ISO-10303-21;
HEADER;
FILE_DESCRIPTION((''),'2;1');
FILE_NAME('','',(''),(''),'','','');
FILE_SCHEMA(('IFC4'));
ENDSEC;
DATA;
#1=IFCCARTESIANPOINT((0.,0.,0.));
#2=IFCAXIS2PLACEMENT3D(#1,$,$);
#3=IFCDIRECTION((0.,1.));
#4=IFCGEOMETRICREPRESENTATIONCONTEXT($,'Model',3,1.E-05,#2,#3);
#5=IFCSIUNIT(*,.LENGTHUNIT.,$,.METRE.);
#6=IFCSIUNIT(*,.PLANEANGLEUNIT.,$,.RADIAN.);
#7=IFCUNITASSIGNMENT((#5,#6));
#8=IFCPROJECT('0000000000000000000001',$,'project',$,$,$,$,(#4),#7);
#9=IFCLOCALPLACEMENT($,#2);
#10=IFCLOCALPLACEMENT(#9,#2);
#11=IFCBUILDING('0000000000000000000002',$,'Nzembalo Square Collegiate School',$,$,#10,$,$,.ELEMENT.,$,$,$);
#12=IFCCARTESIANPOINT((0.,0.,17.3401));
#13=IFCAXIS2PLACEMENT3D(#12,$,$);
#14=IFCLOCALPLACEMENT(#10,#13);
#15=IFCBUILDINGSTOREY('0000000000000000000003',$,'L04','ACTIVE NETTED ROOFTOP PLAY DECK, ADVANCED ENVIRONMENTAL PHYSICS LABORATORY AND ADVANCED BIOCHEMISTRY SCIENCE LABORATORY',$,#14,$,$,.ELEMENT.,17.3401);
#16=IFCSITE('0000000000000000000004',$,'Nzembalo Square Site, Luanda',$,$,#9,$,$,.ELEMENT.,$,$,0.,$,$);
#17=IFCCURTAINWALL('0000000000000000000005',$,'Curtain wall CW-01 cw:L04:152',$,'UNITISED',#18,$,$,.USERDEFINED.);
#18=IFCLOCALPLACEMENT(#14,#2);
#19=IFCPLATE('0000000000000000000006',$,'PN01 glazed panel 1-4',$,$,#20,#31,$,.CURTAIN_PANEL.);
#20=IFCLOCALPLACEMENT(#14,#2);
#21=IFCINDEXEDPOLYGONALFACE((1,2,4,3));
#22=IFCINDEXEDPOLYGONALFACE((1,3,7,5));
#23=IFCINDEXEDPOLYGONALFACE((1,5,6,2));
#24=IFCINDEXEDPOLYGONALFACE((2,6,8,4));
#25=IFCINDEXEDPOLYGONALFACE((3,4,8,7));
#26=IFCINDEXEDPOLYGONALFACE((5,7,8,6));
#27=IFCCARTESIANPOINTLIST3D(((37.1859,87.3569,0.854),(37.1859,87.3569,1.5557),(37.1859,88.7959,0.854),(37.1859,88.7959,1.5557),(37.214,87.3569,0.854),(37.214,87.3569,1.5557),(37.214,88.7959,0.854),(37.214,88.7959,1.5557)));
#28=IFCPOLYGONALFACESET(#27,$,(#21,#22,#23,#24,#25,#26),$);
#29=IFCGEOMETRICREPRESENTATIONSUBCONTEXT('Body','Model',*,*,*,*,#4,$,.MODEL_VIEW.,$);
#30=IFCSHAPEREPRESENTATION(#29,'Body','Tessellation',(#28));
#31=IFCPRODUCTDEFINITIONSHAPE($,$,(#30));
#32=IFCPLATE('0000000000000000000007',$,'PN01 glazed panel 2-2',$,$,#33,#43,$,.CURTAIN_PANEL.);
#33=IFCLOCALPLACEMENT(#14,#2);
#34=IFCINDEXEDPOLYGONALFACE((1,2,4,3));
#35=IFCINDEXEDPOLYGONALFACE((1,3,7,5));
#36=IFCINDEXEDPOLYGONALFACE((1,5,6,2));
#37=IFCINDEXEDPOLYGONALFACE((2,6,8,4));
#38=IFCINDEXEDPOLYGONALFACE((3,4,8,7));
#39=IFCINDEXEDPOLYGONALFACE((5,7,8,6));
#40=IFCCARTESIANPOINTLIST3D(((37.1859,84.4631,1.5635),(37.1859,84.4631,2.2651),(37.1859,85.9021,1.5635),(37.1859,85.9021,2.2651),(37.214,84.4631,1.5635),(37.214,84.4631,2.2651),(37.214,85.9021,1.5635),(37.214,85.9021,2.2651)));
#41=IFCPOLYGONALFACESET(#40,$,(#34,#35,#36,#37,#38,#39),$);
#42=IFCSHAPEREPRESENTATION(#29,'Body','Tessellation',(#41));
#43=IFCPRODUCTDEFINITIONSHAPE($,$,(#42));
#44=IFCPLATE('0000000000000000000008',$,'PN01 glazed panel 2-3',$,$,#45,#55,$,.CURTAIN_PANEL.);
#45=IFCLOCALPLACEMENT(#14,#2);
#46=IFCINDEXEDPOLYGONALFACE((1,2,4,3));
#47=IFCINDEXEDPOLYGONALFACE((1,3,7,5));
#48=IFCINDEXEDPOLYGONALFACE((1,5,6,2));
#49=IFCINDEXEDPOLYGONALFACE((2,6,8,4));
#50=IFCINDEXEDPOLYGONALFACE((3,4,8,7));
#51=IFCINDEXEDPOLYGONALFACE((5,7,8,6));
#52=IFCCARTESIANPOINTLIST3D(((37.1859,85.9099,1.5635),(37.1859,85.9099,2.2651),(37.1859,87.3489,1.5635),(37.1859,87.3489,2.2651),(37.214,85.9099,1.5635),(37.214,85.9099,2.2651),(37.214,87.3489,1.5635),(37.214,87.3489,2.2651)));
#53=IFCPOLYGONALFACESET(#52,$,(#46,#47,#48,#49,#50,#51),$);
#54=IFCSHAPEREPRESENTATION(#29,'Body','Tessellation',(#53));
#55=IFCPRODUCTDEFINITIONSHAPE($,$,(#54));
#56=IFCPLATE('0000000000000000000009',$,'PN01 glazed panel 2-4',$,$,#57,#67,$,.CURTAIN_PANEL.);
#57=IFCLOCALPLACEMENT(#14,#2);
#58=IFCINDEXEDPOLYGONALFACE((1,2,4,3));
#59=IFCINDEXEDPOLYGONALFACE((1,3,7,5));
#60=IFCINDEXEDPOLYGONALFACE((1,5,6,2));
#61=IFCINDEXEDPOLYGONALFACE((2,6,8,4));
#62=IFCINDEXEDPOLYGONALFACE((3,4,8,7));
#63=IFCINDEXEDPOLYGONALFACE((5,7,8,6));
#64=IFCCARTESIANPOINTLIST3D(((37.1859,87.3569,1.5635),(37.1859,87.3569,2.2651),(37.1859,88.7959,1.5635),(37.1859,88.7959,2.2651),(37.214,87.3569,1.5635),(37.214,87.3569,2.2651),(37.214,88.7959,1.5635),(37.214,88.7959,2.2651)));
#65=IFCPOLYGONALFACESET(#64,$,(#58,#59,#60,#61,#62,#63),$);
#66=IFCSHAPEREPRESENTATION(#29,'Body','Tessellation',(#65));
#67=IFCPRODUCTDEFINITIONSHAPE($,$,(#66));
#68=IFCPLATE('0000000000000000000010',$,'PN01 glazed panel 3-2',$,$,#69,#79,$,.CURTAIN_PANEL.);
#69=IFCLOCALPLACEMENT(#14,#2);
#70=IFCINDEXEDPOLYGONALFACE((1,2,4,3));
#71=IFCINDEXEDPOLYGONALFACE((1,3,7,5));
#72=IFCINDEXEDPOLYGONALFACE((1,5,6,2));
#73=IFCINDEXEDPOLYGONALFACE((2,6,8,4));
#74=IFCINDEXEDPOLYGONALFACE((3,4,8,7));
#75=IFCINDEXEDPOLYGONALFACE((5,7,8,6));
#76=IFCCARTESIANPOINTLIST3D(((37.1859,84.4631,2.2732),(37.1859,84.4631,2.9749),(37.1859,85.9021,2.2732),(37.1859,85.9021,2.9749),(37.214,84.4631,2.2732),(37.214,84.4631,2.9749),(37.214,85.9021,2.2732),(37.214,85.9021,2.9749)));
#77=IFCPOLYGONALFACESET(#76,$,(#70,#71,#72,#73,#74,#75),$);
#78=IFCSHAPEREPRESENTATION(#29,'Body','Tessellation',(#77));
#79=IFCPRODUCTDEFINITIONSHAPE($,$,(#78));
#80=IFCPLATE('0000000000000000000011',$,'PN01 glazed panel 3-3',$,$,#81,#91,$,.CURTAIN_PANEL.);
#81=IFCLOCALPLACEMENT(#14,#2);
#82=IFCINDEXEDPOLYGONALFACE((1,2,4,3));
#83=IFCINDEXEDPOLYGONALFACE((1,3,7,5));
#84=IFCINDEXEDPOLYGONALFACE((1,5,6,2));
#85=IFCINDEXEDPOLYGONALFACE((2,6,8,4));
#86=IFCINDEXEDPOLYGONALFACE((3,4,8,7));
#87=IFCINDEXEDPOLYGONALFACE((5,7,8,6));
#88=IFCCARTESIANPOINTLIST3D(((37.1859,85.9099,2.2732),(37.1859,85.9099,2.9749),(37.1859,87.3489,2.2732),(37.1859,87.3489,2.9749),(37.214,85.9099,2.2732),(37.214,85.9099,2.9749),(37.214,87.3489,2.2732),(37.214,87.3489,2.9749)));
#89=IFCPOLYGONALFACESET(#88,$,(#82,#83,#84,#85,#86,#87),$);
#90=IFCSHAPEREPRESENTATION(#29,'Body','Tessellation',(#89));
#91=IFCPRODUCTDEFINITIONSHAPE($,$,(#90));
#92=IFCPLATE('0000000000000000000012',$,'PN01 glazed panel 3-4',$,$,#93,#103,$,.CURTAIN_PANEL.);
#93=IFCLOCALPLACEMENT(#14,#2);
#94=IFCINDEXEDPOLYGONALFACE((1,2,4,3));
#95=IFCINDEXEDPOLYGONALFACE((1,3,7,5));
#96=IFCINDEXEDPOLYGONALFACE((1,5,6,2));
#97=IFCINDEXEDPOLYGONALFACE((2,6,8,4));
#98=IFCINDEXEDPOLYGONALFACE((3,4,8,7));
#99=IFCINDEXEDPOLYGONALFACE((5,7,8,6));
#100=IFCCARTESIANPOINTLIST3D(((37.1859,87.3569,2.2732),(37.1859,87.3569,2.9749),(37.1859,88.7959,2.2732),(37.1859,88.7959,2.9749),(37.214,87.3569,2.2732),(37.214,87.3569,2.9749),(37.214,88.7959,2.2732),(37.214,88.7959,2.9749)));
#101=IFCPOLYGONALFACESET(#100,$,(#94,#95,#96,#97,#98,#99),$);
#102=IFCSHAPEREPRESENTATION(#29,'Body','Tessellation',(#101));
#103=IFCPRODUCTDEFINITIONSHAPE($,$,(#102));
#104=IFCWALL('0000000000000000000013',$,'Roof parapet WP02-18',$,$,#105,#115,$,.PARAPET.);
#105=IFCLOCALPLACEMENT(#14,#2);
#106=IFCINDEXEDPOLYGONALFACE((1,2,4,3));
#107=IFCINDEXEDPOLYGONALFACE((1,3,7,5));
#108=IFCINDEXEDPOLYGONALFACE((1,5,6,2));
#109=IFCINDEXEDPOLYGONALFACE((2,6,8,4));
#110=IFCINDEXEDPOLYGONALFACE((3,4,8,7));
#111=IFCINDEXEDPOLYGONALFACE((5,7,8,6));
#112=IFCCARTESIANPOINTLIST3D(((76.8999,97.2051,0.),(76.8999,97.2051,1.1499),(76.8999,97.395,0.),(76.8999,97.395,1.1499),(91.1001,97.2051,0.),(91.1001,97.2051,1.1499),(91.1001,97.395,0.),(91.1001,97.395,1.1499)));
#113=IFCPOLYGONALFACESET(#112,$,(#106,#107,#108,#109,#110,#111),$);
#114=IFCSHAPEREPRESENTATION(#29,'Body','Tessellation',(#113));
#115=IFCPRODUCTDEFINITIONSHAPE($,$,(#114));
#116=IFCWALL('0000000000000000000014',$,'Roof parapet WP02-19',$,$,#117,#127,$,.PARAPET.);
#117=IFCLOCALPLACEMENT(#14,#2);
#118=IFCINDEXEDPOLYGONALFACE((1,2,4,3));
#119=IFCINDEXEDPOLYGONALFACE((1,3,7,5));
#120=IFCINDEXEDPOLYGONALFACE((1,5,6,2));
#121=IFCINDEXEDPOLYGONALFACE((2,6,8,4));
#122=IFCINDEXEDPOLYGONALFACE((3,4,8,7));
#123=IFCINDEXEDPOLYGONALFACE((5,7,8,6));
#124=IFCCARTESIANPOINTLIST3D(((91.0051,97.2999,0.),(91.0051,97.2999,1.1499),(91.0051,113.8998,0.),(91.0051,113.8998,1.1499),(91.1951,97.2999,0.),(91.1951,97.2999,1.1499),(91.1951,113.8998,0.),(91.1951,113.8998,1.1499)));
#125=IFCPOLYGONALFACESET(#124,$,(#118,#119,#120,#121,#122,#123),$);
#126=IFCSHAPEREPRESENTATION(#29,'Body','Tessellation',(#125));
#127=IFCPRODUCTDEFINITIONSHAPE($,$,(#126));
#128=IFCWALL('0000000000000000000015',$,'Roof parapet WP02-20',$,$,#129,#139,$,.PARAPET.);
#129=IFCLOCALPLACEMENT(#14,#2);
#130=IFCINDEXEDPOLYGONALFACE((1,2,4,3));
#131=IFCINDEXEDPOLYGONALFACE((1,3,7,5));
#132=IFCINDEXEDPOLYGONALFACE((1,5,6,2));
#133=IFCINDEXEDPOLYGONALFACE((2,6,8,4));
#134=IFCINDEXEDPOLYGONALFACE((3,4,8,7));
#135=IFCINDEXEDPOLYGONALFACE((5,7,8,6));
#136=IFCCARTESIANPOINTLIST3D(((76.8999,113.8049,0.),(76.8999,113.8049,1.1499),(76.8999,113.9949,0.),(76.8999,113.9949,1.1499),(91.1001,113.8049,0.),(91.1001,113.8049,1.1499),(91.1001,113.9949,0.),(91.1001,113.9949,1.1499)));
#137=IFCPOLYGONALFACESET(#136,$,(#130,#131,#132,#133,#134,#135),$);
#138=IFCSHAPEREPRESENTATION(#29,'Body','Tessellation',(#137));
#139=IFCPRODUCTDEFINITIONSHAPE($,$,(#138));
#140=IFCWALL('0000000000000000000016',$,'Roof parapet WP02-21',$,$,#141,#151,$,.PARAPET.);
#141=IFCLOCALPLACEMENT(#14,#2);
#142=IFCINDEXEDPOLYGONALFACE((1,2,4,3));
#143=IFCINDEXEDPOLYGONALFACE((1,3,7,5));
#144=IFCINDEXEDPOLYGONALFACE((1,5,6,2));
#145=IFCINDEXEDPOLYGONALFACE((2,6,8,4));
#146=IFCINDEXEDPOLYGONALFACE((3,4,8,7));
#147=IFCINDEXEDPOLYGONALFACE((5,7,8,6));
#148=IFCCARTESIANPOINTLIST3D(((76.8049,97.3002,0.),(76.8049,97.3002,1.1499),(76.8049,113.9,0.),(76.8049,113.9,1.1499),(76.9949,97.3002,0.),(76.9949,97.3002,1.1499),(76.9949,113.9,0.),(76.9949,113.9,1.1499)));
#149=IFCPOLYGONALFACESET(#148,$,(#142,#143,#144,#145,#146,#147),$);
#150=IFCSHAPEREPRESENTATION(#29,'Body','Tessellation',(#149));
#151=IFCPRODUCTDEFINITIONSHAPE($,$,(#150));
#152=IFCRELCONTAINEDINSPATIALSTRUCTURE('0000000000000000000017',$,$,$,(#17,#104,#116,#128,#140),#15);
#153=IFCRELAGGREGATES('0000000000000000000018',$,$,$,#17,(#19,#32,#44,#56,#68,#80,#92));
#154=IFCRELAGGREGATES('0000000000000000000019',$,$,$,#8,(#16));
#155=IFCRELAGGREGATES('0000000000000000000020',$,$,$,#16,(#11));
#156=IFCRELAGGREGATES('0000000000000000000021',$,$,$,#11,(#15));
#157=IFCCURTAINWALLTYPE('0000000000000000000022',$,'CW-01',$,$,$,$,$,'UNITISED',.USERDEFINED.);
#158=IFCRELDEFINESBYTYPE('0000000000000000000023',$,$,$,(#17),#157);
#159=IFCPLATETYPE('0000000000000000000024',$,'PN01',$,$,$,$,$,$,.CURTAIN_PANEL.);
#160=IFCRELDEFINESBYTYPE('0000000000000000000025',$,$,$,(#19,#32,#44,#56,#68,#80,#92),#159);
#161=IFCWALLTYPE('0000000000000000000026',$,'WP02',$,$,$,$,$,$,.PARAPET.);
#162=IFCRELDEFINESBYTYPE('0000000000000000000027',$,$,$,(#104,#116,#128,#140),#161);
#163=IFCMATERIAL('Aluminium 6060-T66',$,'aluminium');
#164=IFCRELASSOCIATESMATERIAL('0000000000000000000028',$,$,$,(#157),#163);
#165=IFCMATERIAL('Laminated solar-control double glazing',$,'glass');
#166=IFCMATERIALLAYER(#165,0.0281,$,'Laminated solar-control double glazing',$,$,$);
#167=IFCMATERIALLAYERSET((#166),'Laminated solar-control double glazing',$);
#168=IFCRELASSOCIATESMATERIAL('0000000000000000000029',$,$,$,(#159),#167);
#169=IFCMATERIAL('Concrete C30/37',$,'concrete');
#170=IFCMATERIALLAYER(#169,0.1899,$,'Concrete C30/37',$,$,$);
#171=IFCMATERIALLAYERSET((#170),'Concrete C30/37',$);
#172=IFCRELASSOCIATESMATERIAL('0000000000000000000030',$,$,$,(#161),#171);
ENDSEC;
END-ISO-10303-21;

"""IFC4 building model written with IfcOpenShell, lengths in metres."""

from ifc_helpers import new_model, si_unit, direction, frame, frame_2d, origin, origin_2d, place, context, subcontext, project, spatial, rectangle, extrude, material, layer, layer_set, type_object, element, aggregate, save


model = new_model("IFC4")

# Units and contexts
model_context = context("Model", 3, precision=1e-05, world=origin(), true_north=direction((0.0, 1.0)))
body_context = subcontext(model_context, "Body", "Model", "MODEL_VIEW")
ifc_project = project(units=[si_unit("LENGTHUNIT", "METRE"), si_unit("PLANEANGLEUNIT", "RADIAN")], contexts=[model_context])

# Site, building, storey
site_placement = place(None, origin())
site = spatial("IfcSite", under=ifc_project, at=site_placement, Name="Nzembalo Square Site, Luanda", CompositionType="ELEMENT", RefElevation=0.0)
building_placement = place(site_placement, origin())
building = spatial("IfcBuilding", under=site, at=building_placement, Name="Nzembalo Square Collegiate School", CompositionType="ELEMENT")
storey_placement = place(building_placement, frame((0.0, 0.0, 17.3401)))
storey = spatial("IfcBuildingStorey", under=building, at=storey_placement, Name="L04", Description="ACTIVE NETTED ROOFTOP PLAY DECK, ADVANCED ENVIRONMENTAL PHYSICS LABORATORY AND ADVANCED BIOCHEMISTRY SCIENCE LABORATORY", CompositionType="ELEMENT", Elevation=17.3401)

# Curtain wall, plates
ifc_material_1 = material(Name="Aluminium 6060-T66", Category="aluminium")
curtain_wall_type = type_object("IfcCurtainWallType", Name="CW-01", ElementType="UNITISED", PredefinedType="USERDEFINED", material=ifc_material_1)
curtain_wall_placement = place(storey_placement, origin())
curtain_wall = element("IfcCurtainWall", 1, at=curtain_wall_placement, inside=storey, type_object=curtain_wall_type, Name="Curtain wall CW-01 cw:L04:152", ObjectType="UNITISED", PredefinedType="USERDEFINED")
ifc_material_2 = material(Name="Laminated solar-control double glazing", Category="glass")
ifc_layer_1 = layer(ifc_material_2, 0.0281, Name="Laminated solar-control double glazing")
ifc_layer_set_1 = layer_set([ifc_layer_1], Name="Laminated solar-control double glazing")
plate_type = type_object("IfcPlateType", Name="PN01", PredefinedType="CURTAIN_PANEL", material=ifc_layer_set_1)
plate_1_placement = place(storey_placement, frame((37.2, 88.0764, 0.854), z_axis=(0.0, 0.0, 1.0), x_axis=(0.0, 1.0, 0.0)))
plate_1 = element("IfcPlate", 2, at=plate_1_placement, type_object=plate_type, Name="PN01 glazed panel 1-4", PredefinedType="CURTAIN_PANEL", context=body_context, shape_type="SweptSolid", body=[
    extrude(rectangle(XDim=1.439, YDim=0.0281, at=origin_2d()), origin(), (0.0, 0.0, 1.0), 0.7017),
])
plate_2_placement = place(storey_placement, frame((37.2, 85.1826, 1.5635), z_axis=(0.0, 0.0, 1.0), x_axis=(0.0, 1.0, 0.0)))
plate_2 = element("IfcPlate", 3, at=plate_2_placement, type_object=plate_type, Name="PN01 glazed panel 2-2", PredefinedType="CURTAIN_PANEL", context=body_context, shape_type="SweptSolid", body=[
    extrude(rectangle(XDim=1.439, YDim=0.0281, at=origin_2d()), origin(), (0.0, 0.0, 1.0), 0.7017),
])
plate_3_placement = place(storey_placement, frame((37.2, 86.6294, 1.5635), z_axis=(0.0, 0.0, 1.0), x_axis=(0.0, 1.0, 0.0)))
plate_3 = element("IfcPlate", 4, at=plate_3_placement, type_object=plate_type, Name="PN01 glazed panel 2-3", PredefinedType="CURTAIN_PANEL", context=body_context, shape_type="SweptSolid", body=[
    extrude(rectangle(XDim=1.439, YDim=0.0281, at=origin_2d()), origin(), (0.0, 0.0, 1.0), 0.7017),
])
plate_4_placement = place(storey_placement, frame((37.2, 88.0764, 1.5635), z_axis=(0.0, 0.0, 1.0), x_axis=(0.0, 1.0, 0.0)))
plate_4 = element("IfcPlate", 5, at=plate_4_placement, type_object=plate_type, Name="PN01 glazed panel 2-4", PredefinedType="CURTAIN_PANEL", context=body_context, shape_type="SweptSolid", body=[
    extrude(rectangle(XDim=1.439, YDim=0.0281, at=origin_2d()), origin(), (0.0, 0.0, 1.0), 0.7017),
])
plate_5_placement = place(storey_placement, frame((37.2, 85.1826, 2.2732), z_axis=(0.0, 0.0, 1.0), x_axis=(0.0, 1.0, 0.0)))
plate_5 = element("IfcPlate", 6, at=plate_5_placement, type_object=plate_type, Name="PN01 glazed panel 3-2", PredefinedType="CURTAIN_PANEL", context=body_context, shape_type="SweptSolid", body=[
    extrude(rectangle(XDim=1.439, YDim=0.0281, at=origin_2d()), origin(), (0.0, 0.0, 1.0), 0.7017),
])
plate_6_placement = place(storey_placement, frame((37.2, 86.6294, 2.2732), z_axis=(0.0, 0.0, 1.0), x_axis=(0.0, 1.0, 0.0)))
plate_6 = element("IfcPlate", 7, at=plate_6_placement, type_object=plate_type, Name="PN01 glazed panel 3-3", PredefinedType="CURTAIN_PANEL", context=body_context, shape_type="SweptSolid", body=[
    extrude(rectangle(XDim=1.439, YDim=0.0281, at=origin_2d()), origin(), (0.0, 0.0, 1.0), 0.7017),
])
plate_7_placement = place(storey_placement, frame((37.2, 88.0764, 2.2732), z_axis=(0.0, 0.0, 1.0), x_axis=(0.0, 1.0, 0.0)))
plate_7 = element("IfcPlate", 8, at=plate_7_placement, type_object=plate_type, Name="PN01 glazed panel 3-4", PredefinedType="CURTAIN_PANEL", context=body_context, shape_type="SweptSolid", body=[
    extrude(rectangle(XDim=1.439, YDim=0.0281, at=origin_2d()), origin(), (0.0, 0.0, 1.0), 0.7017),
])
aggregate(curtain_wall, [plate_1, plate_2, plate_3, plate_4, plate_5, plate_6, plate_7])

# Walls
ifc_material_3 = material(Name="Concrete C30/37", Category="concrete")
ifc_layer_2 = layer(ifc_material_3, 0.1899, Name="Concrete C30/37")
ifc_layer_set_2 = layer_set([ifc_layer_2], Name="Concrete C30/37")
wall_type = type_object("IfcWallType", Name="WP02", PredefinedType="PARAPET", material=ifc_layer_set_2)
wall_1_placement = place(storey_placement, frame((76.8999, 97.3, 0.0), z_axis=(0.0, 0.0, 1.0), x_axis=(1.0, 0.0, 0.0)))
element("IfcWall", 9, at=wall_1_placement, inside=storey, type_object=wall_type, Name="Roof parapet WP02-18", PredefinedType="PARAPET", context=body_context, shape_type="SweptSolid", body=[
    extrude(rectangle(XDim=14.2002, YDim=0.1899, at=frame_2d((7.1001, 0.0))), origin(), (0.0, 0.0, 1.0), 1.1499),
])
wall_2_placement = place(storey_placement, frame((91.1001, 97.3, 0.0), z_axis=(0.0, 0.0, 1.0), x_axis=(0.0, 1.0, 0.0)))
element("IfcWall", 10, at=wall_2_placement, inside=storey, type_object=wall_type, Name="Roof parapet WP02-19", PredefinedType="PARAPET", context=body_context, shape_type="SweptSolid", body=[
    extrude(rectangle(XDim=16.5999, YDim=0.1899, at=frame_2d((8.2998, 0.0))), origin(), (0.0, 0.0, 1.0), 1.1499),
])
wall_3_placement = place(storey_placement, frame((91.1001, 113.8999, 0.0), z_axis=(0.0, 0.0, 1.0), x_axis=(-1.0, 0.0, 0.0)))
element("IfcWall", 11, at=wall_3_placement, inside=storey, type_object=wall_type, Name="Roof parapet WP02-20", PredefinedType="PARAPET", context=body_context, shape_type="SweptSolid", body=[
    extrude(rectangle(XDim=14.2002, YDim=0.1899, at=frame_2d((7.1001, 0.0))), origin(), (0.0, 0.0, 1.0), 1.1499),
])
wall_4_placement = place(storey_placement, frame((76.8999, 113.8999, 0.0), z_axis=(0.0, 0.0, 1.0), x_axis=(0.0, -1.0, 0.0)))
element("IfcWall", 12, at=wall_4_placement, inside=storey, type_object=wall_type, Name="Roof parapet WP02-21", PredefinedType="PARAPET", context=body_context, shape_type="SweptSolid", body=[
    extrude(rectangle(XDim=16.5999, YDim=0.1899, at=frame_2d((8.2998, 0.0))), origin(), (0.0, 0.0, 1.0), 1.1499),
])

save(model, "model.ifc")
